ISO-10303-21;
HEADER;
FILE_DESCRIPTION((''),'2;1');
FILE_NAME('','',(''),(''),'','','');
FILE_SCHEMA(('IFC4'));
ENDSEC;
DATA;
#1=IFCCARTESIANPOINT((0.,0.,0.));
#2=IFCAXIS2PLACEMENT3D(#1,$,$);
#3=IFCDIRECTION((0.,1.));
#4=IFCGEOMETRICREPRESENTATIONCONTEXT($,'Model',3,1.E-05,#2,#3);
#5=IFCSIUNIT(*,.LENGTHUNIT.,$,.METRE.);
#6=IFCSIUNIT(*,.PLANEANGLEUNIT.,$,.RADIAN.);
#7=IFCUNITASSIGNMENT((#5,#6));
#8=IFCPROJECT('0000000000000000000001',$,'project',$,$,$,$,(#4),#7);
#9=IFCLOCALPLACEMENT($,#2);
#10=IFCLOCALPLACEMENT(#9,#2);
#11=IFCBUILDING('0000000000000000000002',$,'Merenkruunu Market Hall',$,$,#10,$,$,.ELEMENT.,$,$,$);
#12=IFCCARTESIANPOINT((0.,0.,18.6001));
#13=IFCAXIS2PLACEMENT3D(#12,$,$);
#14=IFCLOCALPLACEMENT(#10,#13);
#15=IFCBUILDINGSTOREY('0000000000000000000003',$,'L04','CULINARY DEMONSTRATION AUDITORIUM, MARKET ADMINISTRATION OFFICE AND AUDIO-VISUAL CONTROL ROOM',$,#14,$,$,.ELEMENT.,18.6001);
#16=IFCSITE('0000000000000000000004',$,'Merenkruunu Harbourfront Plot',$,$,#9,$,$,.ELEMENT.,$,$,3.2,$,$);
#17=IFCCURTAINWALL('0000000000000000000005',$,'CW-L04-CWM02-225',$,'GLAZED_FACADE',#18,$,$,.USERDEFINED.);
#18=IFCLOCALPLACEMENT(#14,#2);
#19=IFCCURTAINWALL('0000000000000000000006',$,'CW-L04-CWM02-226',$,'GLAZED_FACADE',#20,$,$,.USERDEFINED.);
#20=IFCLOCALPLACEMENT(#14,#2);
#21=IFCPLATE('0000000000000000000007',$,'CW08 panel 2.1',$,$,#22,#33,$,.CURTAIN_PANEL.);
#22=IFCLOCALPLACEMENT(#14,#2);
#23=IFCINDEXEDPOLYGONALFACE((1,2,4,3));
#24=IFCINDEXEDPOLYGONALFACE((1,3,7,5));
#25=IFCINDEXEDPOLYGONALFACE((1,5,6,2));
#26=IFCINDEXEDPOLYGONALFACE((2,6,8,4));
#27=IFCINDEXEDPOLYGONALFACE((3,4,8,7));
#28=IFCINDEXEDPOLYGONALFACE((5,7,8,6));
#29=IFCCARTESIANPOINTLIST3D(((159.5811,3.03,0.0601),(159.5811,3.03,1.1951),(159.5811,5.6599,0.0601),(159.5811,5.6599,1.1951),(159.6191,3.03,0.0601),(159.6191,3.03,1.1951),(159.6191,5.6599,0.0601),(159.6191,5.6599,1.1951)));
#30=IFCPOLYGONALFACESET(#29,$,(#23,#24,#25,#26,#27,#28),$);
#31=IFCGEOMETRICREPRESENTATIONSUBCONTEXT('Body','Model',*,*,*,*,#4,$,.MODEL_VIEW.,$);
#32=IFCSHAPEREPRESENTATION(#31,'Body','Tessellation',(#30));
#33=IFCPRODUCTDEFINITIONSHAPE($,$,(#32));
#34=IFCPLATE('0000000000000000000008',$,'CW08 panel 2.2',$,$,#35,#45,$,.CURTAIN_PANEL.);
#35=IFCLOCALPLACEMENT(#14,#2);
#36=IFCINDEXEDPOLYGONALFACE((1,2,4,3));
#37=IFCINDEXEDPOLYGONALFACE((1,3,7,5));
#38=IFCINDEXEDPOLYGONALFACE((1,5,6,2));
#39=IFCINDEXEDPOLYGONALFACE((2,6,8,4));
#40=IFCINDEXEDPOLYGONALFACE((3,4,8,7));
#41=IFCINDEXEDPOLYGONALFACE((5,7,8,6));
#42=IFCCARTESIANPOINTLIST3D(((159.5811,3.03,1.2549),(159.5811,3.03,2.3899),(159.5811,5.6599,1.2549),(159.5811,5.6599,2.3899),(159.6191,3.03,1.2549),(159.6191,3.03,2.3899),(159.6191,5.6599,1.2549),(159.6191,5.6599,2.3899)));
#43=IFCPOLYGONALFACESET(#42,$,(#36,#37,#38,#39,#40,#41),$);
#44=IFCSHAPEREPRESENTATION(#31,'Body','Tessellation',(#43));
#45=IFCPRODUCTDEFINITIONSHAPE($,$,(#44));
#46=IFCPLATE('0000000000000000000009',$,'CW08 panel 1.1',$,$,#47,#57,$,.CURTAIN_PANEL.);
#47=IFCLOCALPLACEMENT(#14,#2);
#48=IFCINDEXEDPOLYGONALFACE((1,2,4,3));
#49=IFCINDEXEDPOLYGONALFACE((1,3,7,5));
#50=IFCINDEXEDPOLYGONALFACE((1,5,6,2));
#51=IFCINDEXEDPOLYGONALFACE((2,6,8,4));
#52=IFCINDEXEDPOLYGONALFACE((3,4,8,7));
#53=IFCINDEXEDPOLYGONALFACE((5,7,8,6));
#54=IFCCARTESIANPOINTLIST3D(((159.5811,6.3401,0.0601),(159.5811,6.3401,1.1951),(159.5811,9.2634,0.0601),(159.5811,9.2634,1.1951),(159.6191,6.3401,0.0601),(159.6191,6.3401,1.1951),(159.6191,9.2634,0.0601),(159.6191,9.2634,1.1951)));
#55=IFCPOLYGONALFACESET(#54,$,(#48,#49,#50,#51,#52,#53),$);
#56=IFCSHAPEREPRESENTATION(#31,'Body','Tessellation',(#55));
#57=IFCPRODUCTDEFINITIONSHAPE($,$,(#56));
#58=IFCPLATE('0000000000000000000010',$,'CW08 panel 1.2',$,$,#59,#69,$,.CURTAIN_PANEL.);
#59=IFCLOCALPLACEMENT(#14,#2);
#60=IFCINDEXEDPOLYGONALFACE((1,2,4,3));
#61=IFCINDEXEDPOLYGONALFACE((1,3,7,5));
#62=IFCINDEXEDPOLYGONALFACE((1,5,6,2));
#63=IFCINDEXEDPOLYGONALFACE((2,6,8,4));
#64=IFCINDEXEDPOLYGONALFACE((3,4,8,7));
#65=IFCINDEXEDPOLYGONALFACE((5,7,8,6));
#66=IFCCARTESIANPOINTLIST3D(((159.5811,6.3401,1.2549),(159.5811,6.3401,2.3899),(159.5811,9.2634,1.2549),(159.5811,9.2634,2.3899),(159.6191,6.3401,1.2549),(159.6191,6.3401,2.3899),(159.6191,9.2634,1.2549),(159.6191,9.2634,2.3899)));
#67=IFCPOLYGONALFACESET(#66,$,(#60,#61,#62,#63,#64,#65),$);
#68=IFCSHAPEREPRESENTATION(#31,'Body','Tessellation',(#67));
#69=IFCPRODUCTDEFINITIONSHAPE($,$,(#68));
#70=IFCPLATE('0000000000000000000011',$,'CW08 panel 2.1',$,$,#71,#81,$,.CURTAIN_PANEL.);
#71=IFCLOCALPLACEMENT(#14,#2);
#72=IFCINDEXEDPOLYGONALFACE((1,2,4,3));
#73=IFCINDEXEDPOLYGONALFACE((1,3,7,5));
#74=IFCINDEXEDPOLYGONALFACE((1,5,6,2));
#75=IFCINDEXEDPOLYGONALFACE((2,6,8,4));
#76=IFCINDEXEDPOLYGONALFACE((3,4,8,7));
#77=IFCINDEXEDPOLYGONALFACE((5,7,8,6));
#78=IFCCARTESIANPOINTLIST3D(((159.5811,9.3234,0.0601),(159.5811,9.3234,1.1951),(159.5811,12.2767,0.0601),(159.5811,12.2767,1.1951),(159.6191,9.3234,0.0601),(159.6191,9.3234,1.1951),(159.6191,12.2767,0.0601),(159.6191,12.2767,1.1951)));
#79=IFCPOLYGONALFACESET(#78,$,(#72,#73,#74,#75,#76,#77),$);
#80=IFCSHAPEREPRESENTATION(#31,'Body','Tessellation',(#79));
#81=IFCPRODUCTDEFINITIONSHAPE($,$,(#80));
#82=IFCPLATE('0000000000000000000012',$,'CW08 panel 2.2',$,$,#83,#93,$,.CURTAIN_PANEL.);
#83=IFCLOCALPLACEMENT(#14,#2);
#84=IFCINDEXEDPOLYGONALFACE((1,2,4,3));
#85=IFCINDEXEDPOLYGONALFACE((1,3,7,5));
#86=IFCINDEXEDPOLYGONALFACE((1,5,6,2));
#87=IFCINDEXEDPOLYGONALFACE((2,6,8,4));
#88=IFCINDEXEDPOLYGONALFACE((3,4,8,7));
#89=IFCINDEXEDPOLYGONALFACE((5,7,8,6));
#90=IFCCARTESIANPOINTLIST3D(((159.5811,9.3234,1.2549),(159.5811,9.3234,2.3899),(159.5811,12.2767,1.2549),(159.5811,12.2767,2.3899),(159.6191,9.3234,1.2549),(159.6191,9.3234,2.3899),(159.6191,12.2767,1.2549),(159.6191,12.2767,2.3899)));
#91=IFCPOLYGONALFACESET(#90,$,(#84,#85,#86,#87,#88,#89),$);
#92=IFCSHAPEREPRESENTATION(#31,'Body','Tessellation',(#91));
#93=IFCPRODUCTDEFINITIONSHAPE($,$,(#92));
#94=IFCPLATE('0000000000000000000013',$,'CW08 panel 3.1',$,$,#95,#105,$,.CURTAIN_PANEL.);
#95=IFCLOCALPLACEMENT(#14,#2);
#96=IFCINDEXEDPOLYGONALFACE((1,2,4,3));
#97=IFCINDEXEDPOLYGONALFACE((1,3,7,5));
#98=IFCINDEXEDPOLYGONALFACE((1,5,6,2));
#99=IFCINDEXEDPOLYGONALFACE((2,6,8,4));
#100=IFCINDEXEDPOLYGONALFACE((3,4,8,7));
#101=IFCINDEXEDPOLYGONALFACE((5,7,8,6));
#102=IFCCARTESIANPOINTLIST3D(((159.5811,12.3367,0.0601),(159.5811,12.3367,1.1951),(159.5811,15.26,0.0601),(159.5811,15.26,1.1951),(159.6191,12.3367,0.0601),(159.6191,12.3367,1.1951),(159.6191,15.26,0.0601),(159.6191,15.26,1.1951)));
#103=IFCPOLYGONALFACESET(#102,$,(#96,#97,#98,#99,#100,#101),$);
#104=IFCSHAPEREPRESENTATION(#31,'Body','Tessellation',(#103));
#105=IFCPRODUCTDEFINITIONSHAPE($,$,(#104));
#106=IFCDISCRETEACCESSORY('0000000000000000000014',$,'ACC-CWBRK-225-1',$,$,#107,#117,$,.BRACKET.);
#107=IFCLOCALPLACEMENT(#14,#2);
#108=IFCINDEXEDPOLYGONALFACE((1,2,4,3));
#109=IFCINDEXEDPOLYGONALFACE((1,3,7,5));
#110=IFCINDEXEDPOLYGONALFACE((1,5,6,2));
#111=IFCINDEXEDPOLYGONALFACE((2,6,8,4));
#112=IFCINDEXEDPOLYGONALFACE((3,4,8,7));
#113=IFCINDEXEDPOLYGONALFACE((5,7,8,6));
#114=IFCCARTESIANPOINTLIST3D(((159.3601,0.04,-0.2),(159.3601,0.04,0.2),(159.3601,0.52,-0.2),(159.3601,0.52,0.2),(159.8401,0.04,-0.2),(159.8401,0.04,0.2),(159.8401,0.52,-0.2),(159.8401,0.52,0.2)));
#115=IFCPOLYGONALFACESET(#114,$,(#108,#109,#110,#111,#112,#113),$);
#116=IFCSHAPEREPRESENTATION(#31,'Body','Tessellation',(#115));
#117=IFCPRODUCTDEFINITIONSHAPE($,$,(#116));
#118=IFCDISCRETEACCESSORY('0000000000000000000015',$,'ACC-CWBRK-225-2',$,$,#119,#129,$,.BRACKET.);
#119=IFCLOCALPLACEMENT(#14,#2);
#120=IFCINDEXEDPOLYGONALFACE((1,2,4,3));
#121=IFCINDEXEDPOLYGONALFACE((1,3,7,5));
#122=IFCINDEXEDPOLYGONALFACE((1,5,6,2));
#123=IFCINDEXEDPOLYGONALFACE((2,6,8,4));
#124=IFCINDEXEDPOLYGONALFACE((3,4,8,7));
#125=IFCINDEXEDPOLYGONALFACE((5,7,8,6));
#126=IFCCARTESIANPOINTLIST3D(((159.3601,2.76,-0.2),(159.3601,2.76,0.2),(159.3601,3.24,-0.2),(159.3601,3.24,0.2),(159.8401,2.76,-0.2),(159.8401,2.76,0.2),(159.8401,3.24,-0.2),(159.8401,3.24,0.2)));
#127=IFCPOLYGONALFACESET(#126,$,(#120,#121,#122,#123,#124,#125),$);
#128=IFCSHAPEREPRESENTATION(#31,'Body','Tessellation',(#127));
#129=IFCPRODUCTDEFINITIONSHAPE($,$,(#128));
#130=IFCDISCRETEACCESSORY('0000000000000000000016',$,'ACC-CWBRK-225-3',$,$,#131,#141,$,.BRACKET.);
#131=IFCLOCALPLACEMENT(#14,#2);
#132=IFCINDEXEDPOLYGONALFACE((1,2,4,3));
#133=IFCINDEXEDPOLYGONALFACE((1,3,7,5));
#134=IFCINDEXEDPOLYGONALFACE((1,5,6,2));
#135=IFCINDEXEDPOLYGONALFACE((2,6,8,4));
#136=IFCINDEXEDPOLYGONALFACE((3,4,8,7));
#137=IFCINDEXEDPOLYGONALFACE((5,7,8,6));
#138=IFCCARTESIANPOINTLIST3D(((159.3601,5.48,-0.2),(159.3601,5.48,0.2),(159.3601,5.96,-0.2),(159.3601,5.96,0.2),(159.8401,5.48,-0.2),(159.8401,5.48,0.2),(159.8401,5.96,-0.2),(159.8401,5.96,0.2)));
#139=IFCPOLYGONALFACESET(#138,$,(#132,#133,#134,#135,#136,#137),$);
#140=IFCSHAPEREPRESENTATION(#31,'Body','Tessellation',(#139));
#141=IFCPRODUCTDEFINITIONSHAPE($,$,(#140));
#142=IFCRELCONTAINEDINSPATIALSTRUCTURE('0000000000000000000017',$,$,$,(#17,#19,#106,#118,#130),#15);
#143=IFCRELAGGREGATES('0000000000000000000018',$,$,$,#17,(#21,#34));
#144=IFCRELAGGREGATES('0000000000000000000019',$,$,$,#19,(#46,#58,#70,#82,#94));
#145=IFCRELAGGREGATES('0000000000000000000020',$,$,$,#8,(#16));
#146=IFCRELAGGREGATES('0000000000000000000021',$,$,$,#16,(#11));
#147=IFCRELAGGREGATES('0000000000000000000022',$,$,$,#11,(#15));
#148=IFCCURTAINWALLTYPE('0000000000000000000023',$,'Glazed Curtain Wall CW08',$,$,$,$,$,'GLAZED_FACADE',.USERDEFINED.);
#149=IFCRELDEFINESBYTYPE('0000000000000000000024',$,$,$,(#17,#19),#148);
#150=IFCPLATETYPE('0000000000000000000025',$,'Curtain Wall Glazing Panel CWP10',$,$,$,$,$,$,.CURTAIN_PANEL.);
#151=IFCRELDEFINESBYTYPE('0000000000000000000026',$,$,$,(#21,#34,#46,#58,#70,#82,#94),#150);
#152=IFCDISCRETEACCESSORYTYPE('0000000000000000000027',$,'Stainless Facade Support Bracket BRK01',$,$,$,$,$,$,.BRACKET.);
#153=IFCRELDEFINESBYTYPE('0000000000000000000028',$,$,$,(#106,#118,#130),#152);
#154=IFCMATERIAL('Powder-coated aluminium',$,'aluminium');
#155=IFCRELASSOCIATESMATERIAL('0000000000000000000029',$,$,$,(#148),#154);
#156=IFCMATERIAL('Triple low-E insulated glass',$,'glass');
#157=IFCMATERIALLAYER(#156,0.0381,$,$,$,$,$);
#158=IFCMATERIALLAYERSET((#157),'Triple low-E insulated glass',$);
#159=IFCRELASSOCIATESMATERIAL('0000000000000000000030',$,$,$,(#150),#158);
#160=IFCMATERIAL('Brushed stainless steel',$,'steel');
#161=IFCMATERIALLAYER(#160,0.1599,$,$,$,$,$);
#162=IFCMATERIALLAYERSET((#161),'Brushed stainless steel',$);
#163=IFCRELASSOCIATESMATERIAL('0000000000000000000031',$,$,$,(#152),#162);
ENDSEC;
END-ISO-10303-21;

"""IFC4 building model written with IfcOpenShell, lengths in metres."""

from ifc_helpers import new_model, si_unit, direction, frame, origin, origin_2d, place, context, subcontext, project, spatial, rectangle, extrude, material, layer, layer_set, type_object, element, aggregate, save


model = new_model("IFC4")

# Units and contexts
model_context = context("Model", 3, precision=1e-05, world=origin(), true_north=direction((0.0, 1.0)))
body_context = subcontext(model_context, "Body", "Model", "MODEL_VIEW")
ifc_project = project(units=[si_unit("LENGTHUNIT", "METRE"), si_unit("PLANEANGLEUNIT", "RADIAN")], contexts=[model_context])

# Site, building, storey
site_placement = place(None, origin())
site = spatial("IfcSite", under=ifc_project, at=site_placement, Name="Merenkruunu Harbourfront Plot", CompositionType="ELEMENT", RefElevation=3.2)
building_placement = place(site_placement, origin())
building = spatial("IfcBuilding", under=site, at=building_placement, Name="Merenkruunu Market Hall", CompositionType="ELEMENT")
storey_placement = place(building_placement, frame((0.0, 0.0, 18.6001)))
storey = spatial("IfcBuildingStorey", under=building, at=storey_placement, Name="L04", Description="CULINARY DEMONSTRATION AUDITORIUM, MARKET ADMINISTRATION OFFICE AND AUDIO-VISUAL CONTROL ROOM", CompositionType="ELEMENT", Elevation=18.6001)

# Curtain wall
ifc_material_1 = material(Name="Powder-coated aluminium", Category="aluminium")
curtain_wall_type = type_object("IfcCurtainWallType", Name="Glazed Curtain Wall CW08", ElementType="GLAZED_FACADE", PredefinedType="USERDEFINED", material=ifc_material_1)
curtain_wall_1_placement = place(storey_placement, origin())
curtain_wall_1 = element("IfcCurtainWall", 1, at=curtain_wall_1_placement, inside=storey, type_object=curtain_wall_type, Name="CW-L04-CWM02-225", ObjectType="GLAZED_FACADE", PredefinedType="USERDEFINED")

# Curtain wall
curtain_wall_2_placement = place(storey_placement, origin())
curtain_wall_2 = element("IfcCurtainWall", 2, at=curtain_wall_2_placement, inside=storey, type_object=curtain_wall_type, Name="CW-L04-CWM02-226", ObjectType="GLAZED_FACADE", PredefinedType="USERDEFINED")

# Plates
ifc_material_2 = material(Name="Triple low-E insulated glass", Category="glass")
ifc_layer_1 = layer(ifc_material_2, 0.0381)
ifc_layer_set_1 = layer_set([ifc_layer_1], Name="Triple low-E insulated glass")
plate_type = type_object("IfcPlateType", Name="Curtain Wall Glazing Panel CWP10", PredefinedType="CURTAIN_PANEL", material=ifc_layer_set_1)
plate_1_placement = place(storey_placement, frame((159.6001, 4.345, 0.0601), z_axis=(0.0, 0.0, 1.0), x_axis=(0.0, 1.0, 0.0)))
plate_1 = element("IfcPlate", 3, at=plate_1_placement, type_object=plate_type, Name="CW08 panel 2.1", PredefinedType="CURTAIN_PANEL", context=body_context, shape_type="SweptSolid", body=[
    extrude(rectangle(XDim=2.6299, YDim=0.0381, at=origin_2d()), origin(), (0.0, 0.0, 1.0), 1.135),
])
plate_2_placement = place(storey_placement, frame((159.6001, 4.345, 1.2549), z_axis=(0.0, 0.0, 1.0), x_axis=(0.0, 1.0, 0.0)))
plate_2 = element("IfcPlate", 4, at=plate_2_placement, type_object=plate_type, Name="CW08 panel 2.2", PredefinedType="CURTAIN_PANEL", context=body_context, shape_type="SweptSolid", body=[
    extrude(rectangle(XDim=2.6299, YDim=0.0381, at=origin_2d()), origin(), (0.0, 0.0, 1.0), 1.135),
])
aggregate(curtain_wall_1, [plate_1, plate_2])
plate_3_placement = place(storey_placement, frame((159.6001, 7.8018, 0.0601), z_axis=(0.0, 0.0, 1.0), x_axis=(0.0, 1.0, 0.0)))
plate_3 = element("IfcPlate", 5, at=plate_3_placement, type_object=plate_type, Name="CW08 panel 1.1", PredefinedType="CURTAIN_PANEL", context=body_context, shape_type="SweptSolid", body=[
    extrude(rectangle(XDim=2.9233, YDim=0.0381, at=origin_2d()), origin(), (0.0, 0.0, 1.0), 1.135),
])
plate_4_placement = place(storey_placement, frame((159.6001, 7.8018, 1.2549), z_axis=(0.0, 0.0, 1.0), x_axis=(0.0, 1.0, 0.0)))
plate_4 = element("IfcPlate", 6, at=plate_4_placement, type_object=plate_type, Name="CW08 panel 1.2", PredefinedType="CURTAIN_PANEL", context=body_context, shape_type="SweptSolid", body=[
    extrude(rectangle(XDim=2.9233, YDim=0.0381, at=origin_2d()), origin(), (0.0, 0.0, 1.0), 1.135),
])
plate_5_placement = place(storey_placement, frame((159.6001, 10.8, 0.0601), z_axis=(0.0, 0.0, 1.0), x_axis=(0.0, 1.0, 0.0)))
plate_5 = element("IfcPlate", 7, at=plate_5_placement, type_object=plate_type, Name="CW08 panel 2.1", PredefinedType="CURTAIN_PANEL", context=body_context, shape_type="SweptSolid", body=[
    extrude(rectangle(XDim=2.9534, YDim=0.0381, at=origin_2d()), origin(), (0.0, 0.0, 1.0), 1.135),
])
plate_6_placement = place(storey_placement, frame((159.6001, 10.8, 1.2549), z_axis=(0.0, 0.0, 1.0), x_axis=(0.0, 1.0, 0.0)))
plate_6 = element("IfcPlate", 8, at=plate_6_placement, type_object=plate_type, Name="CW08 panel 2.2", PredefinedType="CURTAIN_PANEL", context=body_context, shape_type="SweptSolid", body=[
    extrude(rectangle(XDim=2.9534, YDim=0.0381, at=origin_2d()), origin(), (0.0, 0.0, 1.0), 1.135),
])
plate_7_placement = place(storey_placement, frame((159.6001, 13.7983, 0.0601), z_axis=(0.0, 0.0, 1.0), x_axis=(0.0, 1.0, 0.0)))
plate_7 = element("IfcPlate", 9, at=plate_7_placement, type_object=plate_type, Name="CW08 panel 3.1", PredefinedType="CURTAIN_PANEL", context=body_context, shape_type="SweptSolid", body=[
    extrude(rectangle(XDim=2.9233, YDim=0.0381, at=origin_2d()), origin(), (0.0, 0.0, 1.0), 1.135),
])
aggregate(curtain_wall_2, [plate_3, plate_4, plate_5, plate_6, plate_7])

# Discrete accessories
ifc_material_3 = material(Name="Brushed stainless steel", Category="steel")
ifc_layer_2 = layer(ifc_material_3, 0.1599)
ifc_layer_set_2 = layer_set([ifc_layer_2], Name="Brushed stainless steel")
discrete_accessory_type = type_object("IfcDiscreteAccessoryType", Name="Stainless Facade Support Bracket BRK01", PredefinedType="BRACKET", material=ifc_layer_set_2)
for number, where, z_axis, x_axis, name in (
    (10, (159.6001, 0.28, -0.2), (0.0, 0.0, 1.0), (1.0, 0.0, 0.0), "ACC-CWBRK-225-1"),
    (11, (159.6001, 3.0, -0.2), (0.0, 0.0, 1.0), (1.0, 0.0, 0.0), "ACC-CWBRK-225-2"),
    (12, (159.6001, 5.72, -0.2), (0.0, 0.0, 1.0), (1.0, 0.0, 0.0), "ACC-CWBRK-225-3"),
):
    element("IfcDiscreteAccessory", number, at=place(storey_placement, frame(where, z_axis=z_axis, x_axis=x_axis)), inside=storey, type_object=discrete_accessory_type, Name=name, PredefinedType="BRACKET", context=body_context, shape_type="SweptSolid", body=[
        extrude(rectangle(XDim=0.48, YDim=0.48, at=origin_2d()), origin(), (0.0, 0.0, 1.0), 0.3999),
    ])

save(model, "model.ifc")
